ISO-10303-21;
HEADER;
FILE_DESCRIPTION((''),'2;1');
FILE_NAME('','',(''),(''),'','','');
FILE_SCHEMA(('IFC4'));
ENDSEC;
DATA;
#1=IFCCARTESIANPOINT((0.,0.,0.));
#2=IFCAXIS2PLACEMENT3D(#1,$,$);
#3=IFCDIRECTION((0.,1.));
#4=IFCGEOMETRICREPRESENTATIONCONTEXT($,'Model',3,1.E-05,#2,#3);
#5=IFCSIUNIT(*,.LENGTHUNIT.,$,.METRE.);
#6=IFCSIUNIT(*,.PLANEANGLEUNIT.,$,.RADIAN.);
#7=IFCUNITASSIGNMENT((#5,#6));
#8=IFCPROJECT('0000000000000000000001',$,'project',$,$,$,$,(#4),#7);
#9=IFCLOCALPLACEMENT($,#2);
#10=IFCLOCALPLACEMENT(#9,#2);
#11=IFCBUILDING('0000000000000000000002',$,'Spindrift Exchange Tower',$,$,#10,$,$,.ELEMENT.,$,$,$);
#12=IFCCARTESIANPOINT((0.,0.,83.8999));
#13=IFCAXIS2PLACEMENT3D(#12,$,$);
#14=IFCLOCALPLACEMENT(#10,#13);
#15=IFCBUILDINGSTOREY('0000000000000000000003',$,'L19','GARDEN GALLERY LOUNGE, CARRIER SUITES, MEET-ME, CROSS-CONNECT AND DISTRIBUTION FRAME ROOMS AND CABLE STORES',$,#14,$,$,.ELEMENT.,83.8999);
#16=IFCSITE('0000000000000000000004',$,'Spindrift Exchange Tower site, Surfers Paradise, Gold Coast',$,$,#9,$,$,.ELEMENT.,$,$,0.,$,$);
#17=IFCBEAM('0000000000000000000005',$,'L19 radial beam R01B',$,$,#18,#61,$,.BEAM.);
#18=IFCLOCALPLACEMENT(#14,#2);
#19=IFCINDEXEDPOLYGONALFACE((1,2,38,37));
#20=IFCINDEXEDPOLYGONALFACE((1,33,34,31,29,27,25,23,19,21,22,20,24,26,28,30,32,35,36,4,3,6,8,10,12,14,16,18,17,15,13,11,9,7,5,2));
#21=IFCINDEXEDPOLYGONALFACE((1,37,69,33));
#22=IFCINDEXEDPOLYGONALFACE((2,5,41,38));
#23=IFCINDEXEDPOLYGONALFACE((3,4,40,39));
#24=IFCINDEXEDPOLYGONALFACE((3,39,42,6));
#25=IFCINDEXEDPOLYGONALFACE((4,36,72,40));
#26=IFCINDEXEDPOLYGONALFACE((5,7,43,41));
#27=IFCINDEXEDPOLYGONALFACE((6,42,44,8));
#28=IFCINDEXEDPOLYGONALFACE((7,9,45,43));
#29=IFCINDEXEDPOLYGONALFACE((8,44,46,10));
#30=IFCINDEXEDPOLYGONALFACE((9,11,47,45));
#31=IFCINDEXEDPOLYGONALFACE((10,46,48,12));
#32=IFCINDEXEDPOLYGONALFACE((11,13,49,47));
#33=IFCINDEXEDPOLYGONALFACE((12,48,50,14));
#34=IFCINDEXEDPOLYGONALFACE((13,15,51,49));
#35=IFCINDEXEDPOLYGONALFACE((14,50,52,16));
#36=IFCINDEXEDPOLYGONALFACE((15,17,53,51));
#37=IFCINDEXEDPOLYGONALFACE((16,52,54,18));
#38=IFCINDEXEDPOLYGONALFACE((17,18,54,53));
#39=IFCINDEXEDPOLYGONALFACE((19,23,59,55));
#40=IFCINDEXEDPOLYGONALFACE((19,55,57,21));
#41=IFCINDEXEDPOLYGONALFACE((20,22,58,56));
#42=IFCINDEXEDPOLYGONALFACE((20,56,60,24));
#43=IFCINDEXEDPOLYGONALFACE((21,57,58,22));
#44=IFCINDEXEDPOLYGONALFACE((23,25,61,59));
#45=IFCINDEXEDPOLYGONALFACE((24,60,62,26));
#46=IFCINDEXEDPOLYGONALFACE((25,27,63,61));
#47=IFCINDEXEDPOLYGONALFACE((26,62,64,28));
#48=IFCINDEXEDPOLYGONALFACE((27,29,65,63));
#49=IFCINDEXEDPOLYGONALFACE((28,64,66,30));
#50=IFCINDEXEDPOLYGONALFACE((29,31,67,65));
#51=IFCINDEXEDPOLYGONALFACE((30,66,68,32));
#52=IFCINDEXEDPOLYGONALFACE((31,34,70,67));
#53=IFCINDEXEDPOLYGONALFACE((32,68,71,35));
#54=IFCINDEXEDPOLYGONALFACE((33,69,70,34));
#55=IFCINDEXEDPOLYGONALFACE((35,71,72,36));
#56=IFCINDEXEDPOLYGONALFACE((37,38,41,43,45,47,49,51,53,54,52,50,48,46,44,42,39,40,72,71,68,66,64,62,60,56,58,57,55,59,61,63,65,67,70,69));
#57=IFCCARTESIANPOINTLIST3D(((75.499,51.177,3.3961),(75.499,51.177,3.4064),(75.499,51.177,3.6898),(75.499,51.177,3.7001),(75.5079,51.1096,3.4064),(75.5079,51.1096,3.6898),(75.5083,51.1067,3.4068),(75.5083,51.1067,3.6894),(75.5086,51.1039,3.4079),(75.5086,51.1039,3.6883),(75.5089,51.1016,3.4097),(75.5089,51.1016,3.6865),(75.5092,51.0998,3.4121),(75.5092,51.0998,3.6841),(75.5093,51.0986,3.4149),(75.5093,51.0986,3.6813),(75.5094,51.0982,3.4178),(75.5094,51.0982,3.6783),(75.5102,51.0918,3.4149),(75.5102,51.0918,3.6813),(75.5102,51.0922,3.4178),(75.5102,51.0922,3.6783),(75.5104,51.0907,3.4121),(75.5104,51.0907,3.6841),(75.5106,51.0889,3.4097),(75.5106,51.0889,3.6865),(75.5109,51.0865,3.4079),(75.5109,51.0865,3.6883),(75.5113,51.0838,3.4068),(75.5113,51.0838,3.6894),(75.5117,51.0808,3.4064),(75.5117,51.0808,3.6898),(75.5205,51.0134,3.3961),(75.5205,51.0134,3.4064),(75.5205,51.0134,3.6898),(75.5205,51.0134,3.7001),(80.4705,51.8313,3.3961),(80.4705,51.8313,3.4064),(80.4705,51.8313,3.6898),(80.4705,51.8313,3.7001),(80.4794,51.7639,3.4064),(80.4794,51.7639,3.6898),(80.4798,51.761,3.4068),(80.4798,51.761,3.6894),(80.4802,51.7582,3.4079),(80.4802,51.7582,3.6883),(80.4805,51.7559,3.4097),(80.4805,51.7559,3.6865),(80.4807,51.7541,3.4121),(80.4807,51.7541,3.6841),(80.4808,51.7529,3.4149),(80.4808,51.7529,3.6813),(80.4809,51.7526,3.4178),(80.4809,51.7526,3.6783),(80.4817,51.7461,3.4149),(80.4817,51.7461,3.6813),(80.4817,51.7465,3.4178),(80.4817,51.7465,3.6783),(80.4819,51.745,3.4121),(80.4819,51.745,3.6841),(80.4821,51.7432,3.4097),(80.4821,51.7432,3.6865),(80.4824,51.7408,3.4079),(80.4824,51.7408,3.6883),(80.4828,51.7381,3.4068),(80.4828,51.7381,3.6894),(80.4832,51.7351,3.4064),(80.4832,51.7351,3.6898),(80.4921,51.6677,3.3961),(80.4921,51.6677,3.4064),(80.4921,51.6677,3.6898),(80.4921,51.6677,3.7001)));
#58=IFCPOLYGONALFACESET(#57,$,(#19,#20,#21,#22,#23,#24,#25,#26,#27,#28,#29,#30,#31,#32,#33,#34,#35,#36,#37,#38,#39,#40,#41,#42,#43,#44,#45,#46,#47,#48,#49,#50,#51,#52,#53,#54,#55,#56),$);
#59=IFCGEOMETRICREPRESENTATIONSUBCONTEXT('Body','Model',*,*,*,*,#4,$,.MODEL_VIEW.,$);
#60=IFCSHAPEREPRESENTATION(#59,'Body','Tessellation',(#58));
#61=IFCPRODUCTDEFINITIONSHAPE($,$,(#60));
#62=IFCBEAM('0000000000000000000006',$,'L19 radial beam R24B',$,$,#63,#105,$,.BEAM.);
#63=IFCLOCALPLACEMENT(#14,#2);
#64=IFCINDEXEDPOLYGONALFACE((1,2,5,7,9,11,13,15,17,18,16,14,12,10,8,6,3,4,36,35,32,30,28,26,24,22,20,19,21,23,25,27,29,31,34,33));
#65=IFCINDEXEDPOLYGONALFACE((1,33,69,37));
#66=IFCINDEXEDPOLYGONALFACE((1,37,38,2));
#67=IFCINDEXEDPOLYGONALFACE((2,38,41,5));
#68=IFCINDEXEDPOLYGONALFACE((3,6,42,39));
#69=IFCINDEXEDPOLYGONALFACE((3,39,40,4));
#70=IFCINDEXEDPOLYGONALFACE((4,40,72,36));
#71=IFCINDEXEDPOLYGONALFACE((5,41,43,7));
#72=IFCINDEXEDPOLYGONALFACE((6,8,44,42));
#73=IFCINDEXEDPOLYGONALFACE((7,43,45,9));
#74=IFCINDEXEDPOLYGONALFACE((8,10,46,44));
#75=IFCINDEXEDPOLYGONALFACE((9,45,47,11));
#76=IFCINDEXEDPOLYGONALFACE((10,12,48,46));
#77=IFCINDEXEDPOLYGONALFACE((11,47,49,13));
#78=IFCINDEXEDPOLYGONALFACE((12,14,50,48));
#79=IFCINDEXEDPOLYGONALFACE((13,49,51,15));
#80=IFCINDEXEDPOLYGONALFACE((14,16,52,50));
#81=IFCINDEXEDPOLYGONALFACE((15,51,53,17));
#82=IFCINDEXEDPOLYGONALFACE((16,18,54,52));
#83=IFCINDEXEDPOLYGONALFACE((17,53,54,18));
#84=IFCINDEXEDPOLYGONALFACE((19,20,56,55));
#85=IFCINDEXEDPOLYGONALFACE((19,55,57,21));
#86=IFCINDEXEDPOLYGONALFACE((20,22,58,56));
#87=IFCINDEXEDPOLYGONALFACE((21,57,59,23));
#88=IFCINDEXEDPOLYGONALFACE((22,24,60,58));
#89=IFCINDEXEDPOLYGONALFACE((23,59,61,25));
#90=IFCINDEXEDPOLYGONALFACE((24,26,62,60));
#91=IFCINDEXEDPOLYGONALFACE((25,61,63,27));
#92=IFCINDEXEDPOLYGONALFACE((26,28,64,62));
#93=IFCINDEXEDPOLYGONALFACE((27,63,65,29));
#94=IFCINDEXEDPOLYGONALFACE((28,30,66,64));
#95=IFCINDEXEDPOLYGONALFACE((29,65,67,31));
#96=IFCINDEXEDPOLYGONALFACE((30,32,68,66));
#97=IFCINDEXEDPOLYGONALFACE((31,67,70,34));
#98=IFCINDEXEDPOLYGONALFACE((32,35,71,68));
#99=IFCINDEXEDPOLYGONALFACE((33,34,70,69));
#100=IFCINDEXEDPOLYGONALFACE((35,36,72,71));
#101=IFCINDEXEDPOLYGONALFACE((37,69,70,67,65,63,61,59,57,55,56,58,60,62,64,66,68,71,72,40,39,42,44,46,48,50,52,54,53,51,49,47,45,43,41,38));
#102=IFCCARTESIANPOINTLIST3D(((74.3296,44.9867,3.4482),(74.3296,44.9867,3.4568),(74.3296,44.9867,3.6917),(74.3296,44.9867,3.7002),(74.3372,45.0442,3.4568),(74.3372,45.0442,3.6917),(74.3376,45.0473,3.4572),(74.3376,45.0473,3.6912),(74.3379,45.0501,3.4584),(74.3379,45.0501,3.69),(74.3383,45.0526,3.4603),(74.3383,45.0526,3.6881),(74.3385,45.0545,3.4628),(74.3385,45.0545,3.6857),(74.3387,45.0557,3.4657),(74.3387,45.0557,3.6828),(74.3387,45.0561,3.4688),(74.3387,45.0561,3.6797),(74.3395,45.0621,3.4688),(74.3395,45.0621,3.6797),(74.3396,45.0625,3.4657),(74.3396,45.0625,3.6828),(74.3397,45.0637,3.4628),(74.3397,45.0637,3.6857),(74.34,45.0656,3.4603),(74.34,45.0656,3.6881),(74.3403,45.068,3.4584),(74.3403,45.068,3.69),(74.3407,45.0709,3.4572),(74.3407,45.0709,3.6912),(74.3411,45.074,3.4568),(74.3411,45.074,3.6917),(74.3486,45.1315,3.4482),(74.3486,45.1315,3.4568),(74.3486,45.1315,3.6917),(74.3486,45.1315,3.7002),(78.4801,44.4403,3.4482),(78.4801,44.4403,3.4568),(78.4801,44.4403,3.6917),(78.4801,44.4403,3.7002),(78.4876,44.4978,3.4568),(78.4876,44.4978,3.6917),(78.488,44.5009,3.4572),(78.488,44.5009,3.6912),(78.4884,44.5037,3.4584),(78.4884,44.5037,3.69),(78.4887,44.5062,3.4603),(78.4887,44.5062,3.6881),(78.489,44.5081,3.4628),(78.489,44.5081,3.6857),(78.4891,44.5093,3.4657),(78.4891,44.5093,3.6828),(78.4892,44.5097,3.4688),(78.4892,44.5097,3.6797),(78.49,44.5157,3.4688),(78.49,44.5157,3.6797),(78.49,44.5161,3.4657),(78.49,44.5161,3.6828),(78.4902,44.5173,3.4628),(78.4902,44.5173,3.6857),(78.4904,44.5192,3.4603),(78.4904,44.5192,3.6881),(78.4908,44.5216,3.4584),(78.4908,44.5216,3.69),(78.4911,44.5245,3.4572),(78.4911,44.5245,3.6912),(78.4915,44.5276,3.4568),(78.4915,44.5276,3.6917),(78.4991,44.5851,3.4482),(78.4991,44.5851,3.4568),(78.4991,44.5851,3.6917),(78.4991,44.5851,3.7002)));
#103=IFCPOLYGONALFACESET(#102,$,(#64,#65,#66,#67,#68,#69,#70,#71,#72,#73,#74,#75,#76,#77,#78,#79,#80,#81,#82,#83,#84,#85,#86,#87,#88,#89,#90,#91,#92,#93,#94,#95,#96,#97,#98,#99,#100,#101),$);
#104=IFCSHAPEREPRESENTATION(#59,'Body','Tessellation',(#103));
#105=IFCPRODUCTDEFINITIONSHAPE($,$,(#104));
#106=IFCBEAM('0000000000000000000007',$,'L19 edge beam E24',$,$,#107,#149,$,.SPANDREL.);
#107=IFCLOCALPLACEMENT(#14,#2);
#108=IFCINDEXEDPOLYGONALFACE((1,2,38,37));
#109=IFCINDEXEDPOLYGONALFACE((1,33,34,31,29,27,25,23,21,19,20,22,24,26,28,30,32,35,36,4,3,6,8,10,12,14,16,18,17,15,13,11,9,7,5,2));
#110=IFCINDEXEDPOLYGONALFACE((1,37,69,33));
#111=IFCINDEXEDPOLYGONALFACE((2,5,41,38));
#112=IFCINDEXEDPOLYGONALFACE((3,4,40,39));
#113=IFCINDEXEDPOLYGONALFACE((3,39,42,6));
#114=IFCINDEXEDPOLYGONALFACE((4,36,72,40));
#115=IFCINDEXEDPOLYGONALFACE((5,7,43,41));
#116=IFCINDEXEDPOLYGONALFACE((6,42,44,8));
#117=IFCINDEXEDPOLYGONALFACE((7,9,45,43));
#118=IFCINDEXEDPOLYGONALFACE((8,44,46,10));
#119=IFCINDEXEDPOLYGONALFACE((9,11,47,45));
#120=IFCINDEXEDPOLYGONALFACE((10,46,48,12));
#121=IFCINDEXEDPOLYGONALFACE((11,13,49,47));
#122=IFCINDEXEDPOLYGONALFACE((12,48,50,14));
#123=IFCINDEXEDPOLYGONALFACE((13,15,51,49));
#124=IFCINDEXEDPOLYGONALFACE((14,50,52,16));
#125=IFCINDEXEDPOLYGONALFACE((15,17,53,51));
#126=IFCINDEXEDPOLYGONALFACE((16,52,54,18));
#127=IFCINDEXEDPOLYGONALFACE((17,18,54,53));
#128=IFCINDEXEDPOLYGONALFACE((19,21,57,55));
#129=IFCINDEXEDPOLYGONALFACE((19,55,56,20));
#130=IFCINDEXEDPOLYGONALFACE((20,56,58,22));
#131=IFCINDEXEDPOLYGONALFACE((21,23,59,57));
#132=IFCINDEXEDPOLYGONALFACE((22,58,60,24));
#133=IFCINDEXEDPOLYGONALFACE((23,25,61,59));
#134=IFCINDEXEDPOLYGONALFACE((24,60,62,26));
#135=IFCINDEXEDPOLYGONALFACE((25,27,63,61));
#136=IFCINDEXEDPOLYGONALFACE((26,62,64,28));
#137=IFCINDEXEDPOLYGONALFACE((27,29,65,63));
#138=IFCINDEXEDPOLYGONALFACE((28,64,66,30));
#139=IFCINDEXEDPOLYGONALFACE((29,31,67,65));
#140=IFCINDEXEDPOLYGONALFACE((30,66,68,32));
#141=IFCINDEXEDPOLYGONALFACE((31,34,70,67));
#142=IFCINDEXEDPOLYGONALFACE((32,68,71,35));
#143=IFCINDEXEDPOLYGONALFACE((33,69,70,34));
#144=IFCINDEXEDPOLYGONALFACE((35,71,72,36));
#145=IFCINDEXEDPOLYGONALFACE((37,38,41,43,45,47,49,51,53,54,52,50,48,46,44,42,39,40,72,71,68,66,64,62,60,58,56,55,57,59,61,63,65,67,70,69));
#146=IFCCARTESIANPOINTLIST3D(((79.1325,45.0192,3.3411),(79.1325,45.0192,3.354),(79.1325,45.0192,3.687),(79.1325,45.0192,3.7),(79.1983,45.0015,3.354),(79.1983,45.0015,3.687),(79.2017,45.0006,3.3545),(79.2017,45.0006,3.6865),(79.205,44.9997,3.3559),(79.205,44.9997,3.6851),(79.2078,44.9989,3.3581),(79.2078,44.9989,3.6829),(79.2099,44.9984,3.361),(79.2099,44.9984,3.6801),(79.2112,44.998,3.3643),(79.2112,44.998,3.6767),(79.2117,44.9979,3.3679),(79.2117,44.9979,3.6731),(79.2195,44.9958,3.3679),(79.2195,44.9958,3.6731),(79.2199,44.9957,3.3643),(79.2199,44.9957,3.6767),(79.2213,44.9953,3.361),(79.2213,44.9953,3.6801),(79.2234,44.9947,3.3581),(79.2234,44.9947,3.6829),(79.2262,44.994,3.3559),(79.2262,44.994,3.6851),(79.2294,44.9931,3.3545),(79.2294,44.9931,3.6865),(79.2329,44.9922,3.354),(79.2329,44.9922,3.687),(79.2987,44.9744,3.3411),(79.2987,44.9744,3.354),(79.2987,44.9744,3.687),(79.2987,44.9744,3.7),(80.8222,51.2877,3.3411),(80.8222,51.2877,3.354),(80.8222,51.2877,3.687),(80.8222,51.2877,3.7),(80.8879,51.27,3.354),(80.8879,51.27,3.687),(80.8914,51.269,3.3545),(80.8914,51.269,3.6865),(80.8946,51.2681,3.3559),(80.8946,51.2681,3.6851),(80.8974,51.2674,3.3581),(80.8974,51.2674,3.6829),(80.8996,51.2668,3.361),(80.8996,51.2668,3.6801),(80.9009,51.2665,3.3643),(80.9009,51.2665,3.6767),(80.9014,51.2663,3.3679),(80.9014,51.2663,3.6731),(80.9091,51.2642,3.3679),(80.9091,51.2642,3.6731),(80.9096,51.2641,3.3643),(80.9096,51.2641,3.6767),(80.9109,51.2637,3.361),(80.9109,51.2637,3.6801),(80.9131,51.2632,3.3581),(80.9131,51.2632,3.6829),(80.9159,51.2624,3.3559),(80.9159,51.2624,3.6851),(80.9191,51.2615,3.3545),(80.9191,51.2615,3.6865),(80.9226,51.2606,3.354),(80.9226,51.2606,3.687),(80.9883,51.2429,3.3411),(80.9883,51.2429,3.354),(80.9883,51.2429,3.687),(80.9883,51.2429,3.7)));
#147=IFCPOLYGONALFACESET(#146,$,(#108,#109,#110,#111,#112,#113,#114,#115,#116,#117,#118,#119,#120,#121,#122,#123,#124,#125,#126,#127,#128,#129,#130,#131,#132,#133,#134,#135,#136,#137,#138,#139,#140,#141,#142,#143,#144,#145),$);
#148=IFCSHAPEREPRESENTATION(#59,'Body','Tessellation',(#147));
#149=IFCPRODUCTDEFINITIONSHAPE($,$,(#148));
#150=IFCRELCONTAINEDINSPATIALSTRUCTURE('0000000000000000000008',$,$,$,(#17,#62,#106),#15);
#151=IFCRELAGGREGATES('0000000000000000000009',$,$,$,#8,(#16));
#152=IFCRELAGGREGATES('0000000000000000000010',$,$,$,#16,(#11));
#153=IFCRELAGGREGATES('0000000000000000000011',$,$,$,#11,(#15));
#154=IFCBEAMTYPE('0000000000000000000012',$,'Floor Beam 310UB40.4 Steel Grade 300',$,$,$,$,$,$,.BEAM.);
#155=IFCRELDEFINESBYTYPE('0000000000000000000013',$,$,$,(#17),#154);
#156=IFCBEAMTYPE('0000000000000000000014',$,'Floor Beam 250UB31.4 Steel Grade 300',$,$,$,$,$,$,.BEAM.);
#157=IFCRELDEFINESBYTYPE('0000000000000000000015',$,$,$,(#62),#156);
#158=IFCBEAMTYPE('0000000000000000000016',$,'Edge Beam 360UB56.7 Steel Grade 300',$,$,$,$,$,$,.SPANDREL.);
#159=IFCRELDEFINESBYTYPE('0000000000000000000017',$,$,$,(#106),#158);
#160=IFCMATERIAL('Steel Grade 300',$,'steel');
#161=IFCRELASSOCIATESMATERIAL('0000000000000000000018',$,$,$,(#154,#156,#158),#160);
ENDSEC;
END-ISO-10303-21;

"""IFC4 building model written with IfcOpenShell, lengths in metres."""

from ifc_helpers import new_model, si_unit, direction, frame, origin, origin_2d, place, context, subcontext, project, spatial, i_section, extrude, source, transform, mapped, material, material_profile, profile_set, type_object, element, save


model = new_model("IFC4")

# Units and contexts
model_context = context("Model", 3, precision=1e-05, world=origin(), true_north=direction((0.0, 1.0)))
body_context = subcontext(model_context, "Body", "Model", "MODEL_VIEW")
ifc_project = project(units=[si_unit("LENGTHUNIT", "METRE"), si_unit("PLANEANGLEUNIT", "RADIAN")], contexts=[model_context])

# Site, building, storey
site_placement = place(None, origin())
site = spatial("IfcSite", under=ifc_project, at=site_placement, Name="Spindrift Exchange Tower site, Surfers Paradise, Gold Coast", CompositionType="ELEMENT", RefElevation=0.0)
building_placement = place(site_placement, origin())
building = spatial("IfcBuilding", under=site, at=building_placement, Name="Spindrift Exchange Tower", CompositionType="ELEMENT")
storey_placement = place(building_placement, frame((0.0, 0.0, 83.8999)))
storey = spatial("IfcBuildingStorey", under=building, at=storey_placement, Name="L19", Description="GARDEN GALLERY LOUNGE, CARRIER SUITES, MEET-ME, CROSS-CONNECT AND DISTRIBUTION FRAME ROOMS AND CABLE STORES", CompositionType="ELEMENT", Elevation=83.8999)

# Beams
ifc_material_1 = material(Name="Steel Grade 300", Category="steel")
ifc_material_profile_1 = material_profile(ifc_material_1, i_section(OverallWidth=0.165, OverallDepth=0.304, WebThickness=0.0061, FlangeThickness=0.0103, FilletRadius=0.0115, at=origin_2d()), Name="310UB40.4")
ifc_profile_set_1 = profile_set([ifc_material_profile_1], Name="Steel Grade 300")
beam_type_1 = type_object("IfcBeamType", Name="Floor Beam 310UB40.4 Steel Grade 300", PredefinedType="BEAM", material=ifc_profile_set_1)
shared_shape_1 = source(origin(), body_context, "Body", "SweptSolid", [
    extrude(i_section(OverallWidth=0.165, OverallDepth=0.304, WebThickness=0.0061, FlangeThickness=0.0103, FilletRadius=0.0115, at=origin_2d()), origin(), (0.0, 0.0, 1.0), 5.0144),
])
beam_1_placement = place(storey_placement, frame((75.5098, 51.0952, 3.5481), z_axis=(0.99145, 0.130486, 0.0), x_axis=(-0.130486, 0.99145, 0.0)))
element("IfcBeam", 1, at=beam_1_placement, inside=storey, type_object=beam_type_1, Name="L19 radial beam R01B", PredefinedType="BEAM", context=body_context, shape_type="MappedRepresentation", body=[
    mapped(shared_shape_1, transform((0.0, 0.0, 0.0), scale=1.0)),
])
ifc_material_profile_2 = material_profile(ifc_material_1, i_section(OverallWidth=0.146, OverallDepth=0.252, WebThickness=0.0061, FlangeThickness=0.0085, FilletRadius=0.012, at=origin_2d()), Name="250UB31.4")
ifc_profile_set_2 = profile_set([ifc_material_profile_2], Name="Steel Grade 300")
beam_type_2 = type_object("IfcBeamType", Name="Floor Beam 250UB31.4 Steel Grade 300", PredefinedType="BEAM", material=ifc_profile_set_2)
shared_shape_2 = source(origin(), body_context, "Body", "SweptSolid", [
    extrude(i_section(OverallWidth=0.146, OverallDepth=0.252, WebThickness=0.0061, FlangeThickness=0.0085, FilletRadius=0.012, at=origin_2d()), origin(), (0.0, 0.0, 1.0), 4.1863),
])
beam_2_placement = place(storey_placement, frame((74.3391, 45.0591, 3.5742), z_axis=(0.991446, -0.130521, 0.0), x_axis=(0.130521, 0.991446, 0.0)))
element("IfcBeam", 2, at=beam_2_placement, inside=storey, type_object=beam_type_2, Name="L19 radial beam R24B", PredefinedType="BEAM", context=body_context, shape_type="MappedRepresentation", body=[
    mapped(shared_shape_2, transform((0.0, 0.0, 0.0), scale=1.0)),
])
ifc_material_profile_3 = material_profile(ifc_material_1, i_section(OverallWidth=0.1721, OverallDepth=0.3589, WebThickness=0.0081, FlangeThickness=0.0129, FilletRadius=0.0139, at=origin_2d()), Name="360UB56.7")
ifc_profile_set_3 = profile_set([ifc_material_profile_3], Name="Steel Grade 300")
beam_type_3 = type_object("IfcBeamType", Name="Edge Beam 360UB56.7 Steel Grade 300", PredefinedType="SPANDREL", material=ifc_profile_set_3)
shared_shape_3 = source(origin(), body_context, "Body", "SweptSolid", [
    extrude(i_section(OverallWidth=0.1721, OverallDepth=0.3589, WebThickness=0.0081, FlangeThickness=0.0129, FilletRadius=0.0139, at=origin_2d()), origin(), (0.0, 0.0, 1.0), 6.4922),
])
beam_3_placement = place(storey_placement, frame((79.2156, 44.9968, 3.5205), z_axis=(0.260262, 0.965538, 0.0), x_axis=(-0.965538, 0.260262, 0.0)))
element("IfcBeam", 3, at=beam_3_placement, inside=storey, type_object=beam_type_3, Name="L19 edge beam E24", PredefinedType="SPANDREL", context=body_context, shape_type="MappedRepresentation", body=[
    mapped(shared_shape_3, transform((0.0, 0.0, 0.0), scale=1.0)),
])

save(model, "model.ifc")
